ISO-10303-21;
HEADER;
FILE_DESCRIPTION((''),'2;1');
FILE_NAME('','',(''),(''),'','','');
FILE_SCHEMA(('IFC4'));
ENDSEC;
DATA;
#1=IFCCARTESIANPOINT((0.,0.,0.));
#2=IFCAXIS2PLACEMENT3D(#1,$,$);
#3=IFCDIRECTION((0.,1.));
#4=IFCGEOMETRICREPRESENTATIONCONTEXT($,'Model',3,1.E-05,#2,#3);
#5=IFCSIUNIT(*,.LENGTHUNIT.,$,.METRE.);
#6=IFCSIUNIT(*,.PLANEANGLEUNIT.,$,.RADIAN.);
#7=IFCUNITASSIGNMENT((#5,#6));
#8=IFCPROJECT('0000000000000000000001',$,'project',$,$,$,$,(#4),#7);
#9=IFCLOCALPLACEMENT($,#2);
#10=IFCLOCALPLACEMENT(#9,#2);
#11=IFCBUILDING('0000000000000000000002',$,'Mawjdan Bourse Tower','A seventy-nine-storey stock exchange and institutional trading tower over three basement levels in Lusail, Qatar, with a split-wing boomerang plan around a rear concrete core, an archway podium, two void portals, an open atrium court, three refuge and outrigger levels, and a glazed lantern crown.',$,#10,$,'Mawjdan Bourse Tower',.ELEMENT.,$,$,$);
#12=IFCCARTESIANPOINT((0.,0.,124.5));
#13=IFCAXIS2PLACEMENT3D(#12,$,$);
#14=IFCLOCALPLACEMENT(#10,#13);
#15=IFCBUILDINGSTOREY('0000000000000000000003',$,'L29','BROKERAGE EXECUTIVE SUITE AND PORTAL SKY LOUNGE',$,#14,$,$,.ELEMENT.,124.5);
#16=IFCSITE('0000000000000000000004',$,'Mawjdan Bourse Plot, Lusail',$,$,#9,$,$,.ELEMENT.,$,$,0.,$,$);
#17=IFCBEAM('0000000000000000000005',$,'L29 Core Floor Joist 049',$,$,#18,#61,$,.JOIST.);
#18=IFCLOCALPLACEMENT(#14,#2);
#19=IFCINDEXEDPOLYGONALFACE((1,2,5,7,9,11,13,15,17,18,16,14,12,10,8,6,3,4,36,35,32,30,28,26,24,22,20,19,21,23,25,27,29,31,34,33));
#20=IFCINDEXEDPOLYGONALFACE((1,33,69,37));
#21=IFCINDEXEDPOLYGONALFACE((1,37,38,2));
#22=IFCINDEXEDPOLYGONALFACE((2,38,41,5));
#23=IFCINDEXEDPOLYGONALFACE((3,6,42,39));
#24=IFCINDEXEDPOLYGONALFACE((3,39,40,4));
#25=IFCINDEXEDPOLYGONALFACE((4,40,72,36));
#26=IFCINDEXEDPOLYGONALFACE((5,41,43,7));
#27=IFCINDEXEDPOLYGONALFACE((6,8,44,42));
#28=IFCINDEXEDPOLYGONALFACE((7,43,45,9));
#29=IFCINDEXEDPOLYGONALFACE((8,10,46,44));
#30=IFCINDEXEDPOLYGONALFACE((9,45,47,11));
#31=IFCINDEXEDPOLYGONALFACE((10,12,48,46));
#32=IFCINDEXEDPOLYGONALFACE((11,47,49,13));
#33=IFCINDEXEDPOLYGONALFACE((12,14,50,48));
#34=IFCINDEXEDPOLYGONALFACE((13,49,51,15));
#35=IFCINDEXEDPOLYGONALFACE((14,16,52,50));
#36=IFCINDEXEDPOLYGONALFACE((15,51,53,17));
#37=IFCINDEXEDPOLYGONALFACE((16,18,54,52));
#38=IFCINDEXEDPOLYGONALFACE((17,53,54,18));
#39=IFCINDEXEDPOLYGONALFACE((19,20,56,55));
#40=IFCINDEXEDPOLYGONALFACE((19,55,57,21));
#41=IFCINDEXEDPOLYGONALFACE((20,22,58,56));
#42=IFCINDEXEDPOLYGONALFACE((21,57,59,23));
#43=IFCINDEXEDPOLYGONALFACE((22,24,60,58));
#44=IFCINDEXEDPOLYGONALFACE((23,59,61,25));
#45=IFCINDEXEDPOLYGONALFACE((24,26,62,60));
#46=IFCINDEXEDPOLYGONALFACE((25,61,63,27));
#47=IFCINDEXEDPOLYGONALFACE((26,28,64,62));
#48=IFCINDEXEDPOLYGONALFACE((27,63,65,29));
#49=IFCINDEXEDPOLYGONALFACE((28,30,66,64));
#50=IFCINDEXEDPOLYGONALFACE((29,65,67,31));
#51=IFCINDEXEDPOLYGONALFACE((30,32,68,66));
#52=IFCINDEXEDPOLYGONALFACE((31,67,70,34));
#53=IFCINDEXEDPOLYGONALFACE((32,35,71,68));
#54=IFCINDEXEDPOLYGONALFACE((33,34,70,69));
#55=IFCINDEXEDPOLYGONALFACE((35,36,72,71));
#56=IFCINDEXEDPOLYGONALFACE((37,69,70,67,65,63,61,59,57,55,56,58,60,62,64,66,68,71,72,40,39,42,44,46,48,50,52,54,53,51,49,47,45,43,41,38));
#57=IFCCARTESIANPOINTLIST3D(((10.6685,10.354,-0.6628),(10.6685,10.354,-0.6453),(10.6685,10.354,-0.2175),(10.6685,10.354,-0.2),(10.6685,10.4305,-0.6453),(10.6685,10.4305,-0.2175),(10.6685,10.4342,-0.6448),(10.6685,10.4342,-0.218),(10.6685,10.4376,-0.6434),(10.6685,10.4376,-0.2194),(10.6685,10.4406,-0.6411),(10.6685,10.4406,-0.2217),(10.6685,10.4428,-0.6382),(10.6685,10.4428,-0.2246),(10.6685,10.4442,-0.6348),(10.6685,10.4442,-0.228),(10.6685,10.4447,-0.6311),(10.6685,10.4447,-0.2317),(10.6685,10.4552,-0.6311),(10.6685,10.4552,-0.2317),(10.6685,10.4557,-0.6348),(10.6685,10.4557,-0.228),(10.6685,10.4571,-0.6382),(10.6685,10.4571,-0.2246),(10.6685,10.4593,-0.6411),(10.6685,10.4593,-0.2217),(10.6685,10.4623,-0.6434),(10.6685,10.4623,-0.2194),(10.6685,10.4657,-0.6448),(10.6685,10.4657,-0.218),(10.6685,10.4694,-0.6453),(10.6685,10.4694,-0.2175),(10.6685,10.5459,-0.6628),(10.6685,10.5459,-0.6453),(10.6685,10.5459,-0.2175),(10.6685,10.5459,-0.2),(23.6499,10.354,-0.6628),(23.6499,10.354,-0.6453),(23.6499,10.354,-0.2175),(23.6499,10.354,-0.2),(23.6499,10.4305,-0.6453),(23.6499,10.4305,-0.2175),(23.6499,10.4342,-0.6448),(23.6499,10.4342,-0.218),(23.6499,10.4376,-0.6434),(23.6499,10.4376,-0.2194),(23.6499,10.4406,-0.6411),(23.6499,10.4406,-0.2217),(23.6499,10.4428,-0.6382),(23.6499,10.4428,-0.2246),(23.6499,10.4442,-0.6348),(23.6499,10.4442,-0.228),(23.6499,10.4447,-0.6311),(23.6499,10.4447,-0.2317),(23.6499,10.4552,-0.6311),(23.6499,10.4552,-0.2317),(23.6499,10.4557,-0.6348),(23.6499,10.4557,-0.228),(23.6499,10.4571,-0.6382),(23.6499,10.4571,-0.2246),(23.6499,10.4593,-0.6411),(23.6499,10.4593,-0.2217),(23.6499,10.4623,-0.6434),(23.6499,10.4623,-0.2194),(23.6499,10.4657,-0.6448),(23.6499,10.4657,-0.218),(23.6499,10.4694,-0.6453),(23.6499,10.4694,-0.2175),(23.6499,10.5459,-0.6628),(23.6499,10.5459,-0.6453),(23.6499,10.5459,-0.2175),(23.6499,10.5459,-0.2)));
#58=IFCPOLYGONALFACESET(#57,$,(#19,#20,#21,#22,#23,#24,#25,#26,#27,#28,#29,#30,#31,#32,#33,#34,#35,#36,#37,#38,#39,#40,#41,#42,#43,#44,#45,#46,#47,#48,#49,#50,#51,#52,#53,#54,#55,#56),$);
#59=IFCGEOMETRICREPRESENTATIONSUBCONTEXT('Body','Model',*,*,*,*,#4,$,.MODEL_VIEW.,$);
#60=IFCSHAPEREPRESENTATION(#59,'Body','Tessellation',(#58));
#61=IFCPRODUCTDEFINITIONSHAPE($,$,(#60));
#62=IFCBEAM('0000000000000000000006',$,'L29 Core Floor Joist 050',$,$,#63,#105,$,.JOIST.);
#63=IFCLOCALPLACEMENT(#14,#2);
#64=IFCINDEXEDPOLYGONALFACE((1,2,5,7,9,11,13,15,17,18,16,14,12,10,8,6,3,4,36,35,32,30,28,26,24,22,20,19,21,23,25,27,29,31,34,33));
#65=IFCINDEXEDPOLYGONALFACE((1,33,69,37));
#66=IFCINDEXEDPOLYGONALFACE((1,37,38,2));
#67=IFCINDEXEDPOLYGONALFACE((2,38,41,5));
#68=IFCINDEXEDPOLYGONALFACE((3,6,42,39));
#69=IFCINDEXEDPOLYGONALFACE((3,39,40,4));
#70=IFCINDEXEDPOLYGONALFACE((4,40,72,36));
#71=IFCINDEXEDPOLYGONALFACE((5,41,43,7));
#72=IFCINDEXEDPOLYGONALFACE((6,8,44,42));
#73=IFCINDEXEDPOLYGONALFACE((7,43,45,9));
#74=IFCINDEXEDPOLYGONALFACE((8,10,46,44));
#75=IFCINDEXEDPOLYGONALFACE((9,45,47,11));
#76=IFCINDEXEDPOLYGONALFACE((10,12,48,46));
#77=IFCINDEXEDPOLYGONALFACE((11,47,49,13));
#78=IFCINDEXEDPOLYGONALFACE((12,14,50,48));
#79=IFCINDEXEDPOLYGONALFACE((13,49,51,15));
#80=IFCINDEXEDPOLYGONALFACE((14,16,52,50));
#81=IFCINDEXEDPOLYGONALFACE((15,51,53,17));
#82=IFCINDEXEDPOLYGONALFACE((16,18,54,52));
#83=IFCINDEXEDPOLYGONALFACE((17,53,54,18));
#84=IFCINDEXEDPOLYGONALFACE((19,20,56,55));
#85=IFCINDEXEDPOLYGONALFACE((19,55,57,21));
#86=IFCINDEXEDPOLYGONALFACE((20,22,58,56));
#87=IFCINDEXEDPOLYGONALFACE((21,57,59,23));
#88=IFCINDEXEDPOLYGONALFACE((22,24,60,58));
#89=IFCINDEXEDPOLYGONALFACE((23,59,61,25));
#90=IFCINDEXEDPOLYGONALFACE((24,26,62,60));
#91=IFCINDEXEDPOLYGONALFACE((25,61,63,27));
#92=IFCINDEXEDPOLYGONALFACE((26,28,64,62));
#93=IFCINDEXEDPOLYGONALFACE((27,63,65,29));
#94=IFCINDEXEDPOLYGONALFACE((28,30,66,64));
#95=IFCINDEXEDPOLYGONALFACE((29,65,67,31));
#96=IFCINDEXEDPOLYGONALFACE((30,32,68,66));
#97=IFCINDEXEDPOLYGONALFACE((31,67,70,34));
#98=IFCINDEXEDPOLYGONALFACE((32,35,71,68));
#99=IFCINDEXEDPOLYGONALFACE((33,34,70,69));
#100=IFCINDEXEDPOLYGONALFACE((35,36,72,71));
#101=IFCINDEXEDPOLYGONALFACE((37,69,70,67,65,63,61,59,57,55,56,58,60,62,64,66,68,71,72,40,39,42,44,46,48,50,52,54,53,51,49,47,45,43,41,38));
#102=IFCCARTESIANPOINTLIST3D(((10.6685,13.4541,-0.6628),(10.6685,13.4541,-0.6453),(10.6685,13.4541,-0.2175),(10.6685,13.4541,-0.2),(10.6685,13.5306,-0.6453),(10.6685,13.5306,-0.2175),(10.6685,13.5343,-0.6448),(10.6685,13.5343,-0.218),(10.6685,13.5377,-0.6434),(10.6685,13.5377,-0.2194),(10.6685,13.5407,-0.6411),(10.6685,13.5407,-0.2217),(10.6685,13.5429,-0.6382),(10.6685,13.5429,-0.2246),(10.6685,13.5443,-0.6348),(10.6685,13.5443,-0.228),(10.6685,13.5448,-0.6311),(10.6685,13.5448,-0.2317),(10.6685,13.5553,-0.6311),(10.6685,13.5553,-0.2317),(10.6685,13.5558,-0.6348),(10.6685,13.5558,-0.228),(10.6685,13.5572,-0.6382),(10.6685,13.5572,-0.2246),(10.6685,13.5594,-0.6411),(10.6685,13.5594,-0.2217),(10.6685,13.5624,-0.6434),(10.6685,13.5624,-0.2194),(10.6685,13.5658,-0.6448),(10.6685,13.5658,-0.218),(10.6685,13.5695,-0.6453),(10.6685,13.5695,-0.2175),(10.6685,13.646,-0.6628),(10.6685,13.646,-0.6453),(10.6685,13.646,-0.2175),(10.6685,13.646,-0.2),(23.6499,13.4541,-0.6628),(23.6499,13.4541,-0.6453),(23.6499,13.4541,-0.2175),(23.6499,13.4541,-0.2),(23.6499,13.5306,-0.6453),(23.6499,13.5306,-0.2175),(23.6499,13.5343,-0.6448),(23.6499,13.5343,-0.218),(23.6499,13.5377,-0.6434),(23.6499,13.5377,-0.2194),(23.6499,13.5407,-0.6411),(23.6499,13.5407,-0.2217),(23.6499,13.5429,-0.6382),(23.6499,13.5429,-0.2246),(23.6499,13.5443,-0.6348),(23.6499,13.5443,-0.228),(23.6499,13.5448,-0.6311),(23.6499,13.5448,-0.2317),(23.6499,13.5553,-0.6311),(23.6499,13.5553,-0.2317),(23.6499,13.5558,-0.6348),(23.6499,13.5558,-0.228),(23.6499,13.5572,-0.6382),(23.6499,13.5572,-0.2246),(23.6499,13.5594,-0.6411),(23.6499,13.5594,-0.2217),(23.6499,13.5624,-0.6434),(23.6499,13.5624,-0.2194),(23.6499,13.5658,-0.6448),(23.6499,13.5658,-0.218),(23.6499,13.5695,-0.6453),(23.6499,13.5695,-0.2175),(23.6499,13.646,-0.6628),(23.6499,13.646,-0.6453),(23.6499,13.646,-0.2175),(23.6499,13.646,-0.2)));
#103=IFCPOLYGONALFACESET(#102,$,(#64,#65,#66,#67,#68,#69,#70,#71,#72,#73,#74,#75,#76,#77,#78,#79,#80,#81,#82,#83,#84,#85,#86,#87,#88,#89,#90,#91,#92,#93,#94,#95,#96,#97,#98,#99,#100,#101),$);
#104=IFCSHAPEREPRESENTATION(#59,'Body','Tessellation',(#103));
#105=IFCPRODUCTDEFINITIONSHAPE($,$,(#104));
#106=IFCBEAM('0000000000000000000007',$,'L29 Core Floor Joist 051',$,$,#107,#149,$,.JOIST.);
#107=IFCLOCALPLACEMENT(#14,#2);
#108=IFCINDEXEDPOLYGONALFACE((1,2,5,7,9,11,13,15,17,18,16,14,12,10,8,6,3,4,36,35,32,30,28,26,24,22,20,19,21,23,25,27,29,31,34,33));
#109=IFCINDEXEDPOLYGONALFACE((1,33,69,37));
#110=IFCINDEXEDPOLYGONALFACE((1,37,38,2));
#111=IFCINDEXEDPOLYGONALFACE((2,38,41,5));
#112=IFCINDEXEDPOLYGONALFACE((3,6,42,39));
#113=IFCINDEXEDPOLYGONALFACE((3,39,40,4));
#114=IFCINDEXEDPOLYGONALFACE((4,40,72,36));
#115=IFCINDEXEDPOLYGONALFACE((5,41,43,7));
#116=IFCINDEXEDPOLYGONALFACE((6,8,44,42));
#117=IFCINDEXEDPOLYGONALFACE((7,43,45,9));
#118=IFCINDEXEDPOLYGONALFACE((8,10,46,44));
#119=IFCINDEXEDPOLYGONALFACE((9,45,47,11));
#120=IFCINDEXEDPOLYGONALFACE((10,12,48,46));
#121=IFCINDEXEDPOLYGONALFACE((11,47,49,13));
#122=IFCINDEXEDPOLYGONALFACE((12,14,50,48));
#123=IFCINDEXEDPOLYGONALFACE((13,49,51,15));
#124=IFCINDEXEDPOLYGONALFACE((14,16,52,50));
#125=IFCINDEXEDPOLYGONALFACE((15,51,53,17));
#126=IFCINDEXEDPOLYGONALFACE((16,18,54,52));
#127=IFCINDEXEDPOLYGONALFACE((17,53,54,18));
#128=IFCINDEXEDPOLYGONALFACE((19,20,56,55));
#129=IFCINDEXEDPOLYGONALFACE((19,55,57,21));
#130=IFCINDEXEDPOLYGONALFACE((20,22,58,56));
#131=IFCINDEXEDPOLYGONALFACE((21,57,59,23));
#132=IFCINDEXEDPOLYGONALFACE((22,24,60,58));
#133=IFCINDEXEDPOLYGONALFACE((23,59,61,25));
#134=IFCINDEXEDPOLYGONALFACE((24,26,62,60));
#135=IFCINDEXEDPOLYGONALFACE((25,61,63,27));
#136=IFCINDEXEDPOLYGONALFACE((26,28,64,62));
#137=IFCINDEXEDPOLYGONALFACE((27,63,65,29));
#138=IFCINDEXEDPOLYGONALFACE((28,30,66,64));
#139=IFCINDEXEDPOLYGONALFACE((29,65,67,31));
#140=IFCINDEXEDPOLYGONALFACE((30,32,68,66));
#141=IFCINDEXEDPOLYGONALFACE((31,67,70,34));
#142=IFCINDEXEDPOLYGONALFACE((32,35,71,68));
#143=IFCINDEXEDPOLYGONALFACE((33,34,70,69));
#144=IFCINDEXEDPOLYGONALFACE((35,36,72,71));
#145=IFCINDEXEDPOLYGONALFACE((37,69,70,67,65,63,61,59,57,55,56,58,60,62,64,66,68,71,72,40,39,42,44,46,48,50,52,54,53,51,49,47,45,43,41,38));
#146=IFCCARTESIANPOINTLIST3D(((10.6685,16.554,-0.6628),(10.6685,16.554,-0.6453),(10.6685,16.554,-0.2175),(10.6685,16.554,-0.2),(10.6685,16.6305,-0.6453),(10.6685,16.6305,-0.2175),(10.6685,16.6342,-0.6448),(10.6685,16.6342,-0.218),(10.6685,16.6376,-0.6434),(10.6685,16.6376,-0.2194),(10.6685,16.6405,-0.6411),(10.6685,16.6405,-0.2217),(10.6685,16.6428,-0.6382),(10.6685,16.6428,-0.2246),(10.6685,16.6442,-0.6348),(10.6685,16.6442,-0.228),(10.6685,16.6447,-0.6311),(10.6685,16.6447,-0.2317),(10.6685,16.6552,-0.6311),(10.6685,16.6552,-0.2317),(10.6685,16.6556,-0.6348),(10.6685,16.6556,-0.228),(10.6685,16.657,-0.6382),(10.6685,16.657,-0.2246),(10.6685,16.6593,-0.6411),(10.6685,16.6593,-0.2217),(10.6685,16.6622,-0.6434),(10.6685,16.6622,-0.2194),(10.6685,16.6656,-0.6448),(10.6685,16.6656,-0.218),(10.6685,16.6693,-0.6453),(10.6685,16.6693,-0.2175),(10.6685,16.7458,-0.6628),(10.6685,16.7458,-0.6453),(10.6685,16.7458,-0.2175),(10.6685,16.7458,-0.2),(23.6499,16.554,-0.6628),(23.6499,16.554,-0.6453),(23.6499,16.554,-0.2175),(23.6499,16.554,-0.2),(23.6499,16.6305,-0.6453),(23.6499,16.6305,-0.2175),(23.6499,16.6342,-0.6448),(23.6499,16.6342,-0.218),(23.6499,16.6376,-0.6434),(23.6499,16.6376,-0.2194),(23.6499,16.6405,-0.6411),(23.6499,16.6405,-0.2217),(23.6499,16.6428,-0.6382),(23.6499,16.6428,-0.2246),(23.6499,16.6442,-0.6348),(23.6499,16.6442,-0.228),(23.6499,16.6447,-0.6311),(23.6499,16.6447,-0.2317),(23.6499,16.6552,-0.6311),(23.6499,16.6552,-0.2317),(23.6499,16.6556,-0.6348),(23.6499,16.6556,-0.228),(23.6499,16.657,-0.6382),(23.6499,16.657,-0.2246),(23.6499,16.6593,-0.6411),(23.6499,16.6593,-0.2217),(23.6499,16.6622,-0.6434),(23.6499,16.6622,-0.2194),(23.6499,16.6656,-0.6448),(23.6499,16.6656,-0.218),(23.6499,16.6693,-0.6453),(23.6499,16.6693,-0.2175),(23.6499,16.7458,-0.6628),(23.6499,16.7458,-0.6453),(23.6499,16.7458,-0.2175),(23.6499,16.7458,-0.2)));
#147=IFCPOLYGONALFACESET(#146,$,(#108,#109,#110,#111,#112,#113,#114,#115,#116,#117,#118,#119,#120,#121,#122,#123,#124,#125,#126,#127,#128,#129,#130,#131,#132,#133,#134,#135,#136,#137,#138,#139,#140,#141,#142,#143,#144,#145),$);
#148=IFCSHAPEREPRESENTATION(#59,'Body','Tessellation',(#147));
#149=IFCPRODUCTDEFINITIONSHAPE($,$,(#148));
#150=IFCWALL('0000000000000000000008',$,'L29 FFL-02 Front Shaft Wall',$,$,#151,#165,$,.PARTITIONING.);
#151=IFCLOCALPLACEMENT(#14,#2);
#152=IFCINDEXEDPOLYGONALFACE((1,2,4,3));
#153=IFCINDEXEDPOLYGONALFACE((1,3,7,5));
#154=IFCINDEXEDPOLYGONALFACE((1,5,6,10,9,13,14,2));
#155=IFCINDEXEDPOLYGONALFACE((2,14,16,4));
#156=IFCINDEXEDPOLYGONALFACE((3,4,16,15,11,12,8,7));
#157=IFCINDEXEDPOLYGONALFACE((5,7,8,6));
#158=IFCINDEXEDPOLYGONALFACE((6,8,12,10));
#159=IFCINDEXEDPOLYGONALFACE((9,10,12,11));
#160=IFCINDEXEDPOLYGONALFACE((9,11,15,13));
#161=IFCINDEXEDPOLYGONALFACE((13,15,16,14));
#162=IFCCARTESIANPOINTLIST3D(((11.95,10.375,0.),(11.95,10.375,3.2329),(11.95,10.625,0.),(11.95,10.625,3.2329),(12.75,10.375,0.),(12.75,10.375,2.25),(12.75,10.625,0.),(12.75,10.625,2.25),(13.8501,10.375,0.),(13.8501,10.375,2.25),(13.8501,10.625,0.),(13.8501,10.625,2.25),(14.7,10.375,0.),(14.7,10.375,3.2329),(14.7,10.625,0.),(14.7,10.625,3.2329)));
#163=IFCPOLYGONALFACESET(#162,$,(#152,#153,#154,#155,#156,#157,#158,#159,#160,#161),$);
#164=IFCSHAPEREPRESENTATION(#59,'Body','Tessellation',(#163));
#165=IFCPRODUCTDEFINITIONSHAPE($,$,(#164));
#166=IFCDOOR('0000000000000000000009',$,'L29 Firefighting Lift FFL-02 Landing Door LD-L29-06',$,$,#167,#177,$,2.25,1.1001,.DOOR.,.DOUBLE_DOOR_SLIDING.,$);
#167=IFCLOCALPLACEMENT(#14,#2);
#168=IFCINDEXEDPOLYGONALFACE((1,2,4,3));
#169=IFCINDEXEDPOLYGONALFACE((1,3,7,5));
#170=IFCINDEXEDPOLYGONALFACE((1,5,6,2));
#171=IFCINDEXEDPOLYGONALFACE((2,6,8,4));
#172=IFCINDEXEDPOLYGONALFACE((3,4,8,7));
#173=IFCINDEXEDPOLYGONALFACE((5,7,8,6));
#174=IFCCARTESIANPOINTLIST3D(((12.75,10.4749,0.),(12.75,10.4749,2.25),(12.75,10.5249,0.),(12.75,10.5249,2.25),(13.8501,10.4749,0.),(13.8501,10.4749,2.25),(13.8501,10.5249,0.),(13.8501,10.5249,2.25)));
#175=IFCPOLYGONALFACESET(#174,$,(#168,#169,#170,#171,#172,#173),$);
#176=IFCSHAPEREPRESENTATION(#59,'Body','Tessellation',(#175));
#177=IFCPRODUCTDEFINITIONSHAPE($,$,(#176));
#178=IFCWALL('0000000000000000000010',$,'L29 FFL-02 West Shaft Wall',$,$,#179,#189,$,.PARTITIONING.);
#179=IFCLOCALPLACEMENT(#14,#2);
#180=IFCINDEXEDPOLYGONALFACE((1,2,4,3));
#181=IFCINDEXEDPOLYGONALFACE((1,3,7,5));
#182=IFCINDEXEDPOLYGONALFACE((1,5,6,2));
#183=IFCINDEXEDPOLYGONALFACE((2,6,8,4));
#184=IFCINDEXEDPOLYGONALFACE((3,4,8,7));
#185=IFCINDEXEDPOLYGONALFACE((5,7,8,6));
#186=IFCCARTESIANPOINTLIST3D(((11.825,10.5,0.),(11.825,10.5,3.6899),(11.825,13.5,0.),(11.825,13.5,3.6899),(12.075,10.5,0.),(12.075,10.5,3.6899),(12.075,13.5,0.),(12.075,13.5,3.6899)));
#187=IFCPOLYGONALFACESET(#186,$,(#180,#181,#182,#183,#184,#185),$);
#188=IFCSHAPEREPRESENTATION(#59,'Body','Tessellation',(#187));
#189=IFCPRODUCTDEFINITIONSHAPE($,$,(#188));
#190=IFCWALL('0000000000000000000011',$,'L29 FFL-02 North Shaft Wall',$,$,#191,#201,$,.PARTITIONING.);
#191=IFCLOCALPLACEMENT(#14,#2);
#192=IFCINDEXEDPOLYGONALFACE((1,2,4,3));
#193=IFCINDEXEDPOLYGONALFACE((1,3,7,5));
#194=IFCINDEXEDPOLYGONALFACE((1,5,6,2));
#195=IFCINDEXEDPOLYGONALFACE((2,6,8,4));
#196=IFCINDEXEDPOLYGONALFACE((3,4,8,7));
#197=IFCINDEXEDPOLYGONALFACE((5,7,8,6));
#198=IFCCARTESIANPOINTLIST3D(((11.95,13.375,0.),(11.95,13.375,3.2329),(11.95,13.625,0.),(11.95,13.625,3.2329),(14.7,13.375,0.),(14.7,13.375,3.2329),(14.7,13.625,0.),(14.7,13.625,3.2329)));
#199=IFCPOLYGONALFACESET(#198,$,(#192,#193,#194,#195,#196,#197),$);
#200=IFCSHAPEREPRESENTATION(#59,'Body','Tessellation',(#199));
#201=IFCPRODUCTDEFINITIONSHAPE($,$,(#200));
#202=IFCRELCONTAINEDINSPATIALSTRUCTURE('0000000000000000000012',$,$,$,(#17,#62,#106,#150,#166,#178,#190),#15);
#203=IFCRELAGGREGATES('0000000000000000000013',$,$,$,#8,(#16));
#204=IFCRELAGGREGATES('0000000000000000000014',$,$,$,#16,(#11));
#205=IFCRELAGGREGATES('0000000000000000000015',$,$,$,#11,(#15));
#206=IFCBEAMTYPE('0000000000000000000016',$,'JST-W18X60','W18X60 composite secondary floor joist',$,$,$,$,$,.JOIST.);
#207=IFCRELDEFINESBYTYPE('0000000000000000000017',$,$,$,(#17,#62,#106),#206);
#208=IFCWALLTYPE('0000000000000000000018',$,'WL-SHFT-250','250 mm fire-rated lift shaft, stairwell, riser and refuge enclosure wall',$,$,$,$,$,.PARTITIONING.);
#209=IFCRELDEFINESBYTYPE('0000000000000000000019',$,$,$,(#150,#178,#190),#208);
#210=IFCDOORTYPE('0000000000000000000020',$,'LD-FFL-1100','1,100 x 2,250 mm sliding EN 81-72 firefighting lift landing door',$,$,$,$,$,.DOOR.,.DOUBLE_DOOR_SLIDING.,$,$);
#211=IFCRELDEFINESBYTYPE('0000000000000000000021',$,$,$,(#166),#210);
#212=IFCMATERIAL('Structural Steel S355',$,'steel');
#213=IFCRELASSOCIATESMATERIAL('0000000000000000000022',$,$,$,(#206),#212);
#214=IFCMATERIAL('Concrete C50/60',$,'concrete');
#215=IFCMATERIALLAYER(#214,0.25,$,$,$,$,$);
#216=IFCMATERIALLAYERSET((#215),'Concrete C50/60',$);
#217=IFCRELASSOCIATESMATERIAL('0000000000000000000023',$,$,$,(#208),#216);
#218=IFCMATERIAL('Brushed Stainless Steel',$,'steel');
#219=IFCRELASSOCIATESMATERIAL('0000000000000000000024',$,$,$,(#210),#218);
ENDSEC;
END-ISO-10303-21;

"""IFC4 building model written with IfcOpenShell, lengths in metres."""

from ifc_helpers import new_model, si_unit, direction, frame, frame_2d, origin, origin_2d, place, context, subcontext, project, spatial, rectangle, i_section, extrude, material, layer, layer_set, material_profile, profile_set, type_object, element, fill, save


model = new_model("IFC4")

# Units and contexts
model_context = context("Model", 3, precision=1e-05, world=origin(), true_north=direction((0.0, 1.0)))
body_context = subcontext(model_context, "Body", "Model", "MODEL_VIEW")
ifc_project = project(units=[si_unit("LENGTHUNIT", "METRE"), si_unit("PLANEANGLEUNIT", "RADIAN")], contexts=[model_context])

# Site, building, storey
site_placement = place(None, origin())
site = spatial("IfcSite", under=ifc_project, at=site_placement, Name="Mawjdan Bourse Plot, Lusail", CompositionType="ELEMENT", RefElevation=0.0)
building_placement = place(site_placement, origin())
building = spatial("IfcBuilding", under=site, at=building_placement, Name="Mawjdan Bourse Tower", Description="A seventy-nine-storey stock exchange and institutional trading tower over three basement levels in Lusail, Qatar, with a split-wing boomerang plan around a rear concrete core, an archway podium, two void portals, an open atrium court, three refuge and outrigger levels, and a glazed lantern crown.", LongName="Mawjdan Bourse Tower", CompositionType="ELEMENT")
storey_placement = place(building_placement, frame((0.0, 0.0, 124.5)))
storey = spatial("IfcBuildingStorey", under=building, at=storey_placement, Name="L29", Description="BROKERAGE EXECUTIVE SUITE AND PORTAL SKY LOUNGE", CompositionType="ELEMENT", Elevation=124.5)

# Beams
ifc_material_1 = material(Name="Structural Steel S355", Category="steel")
ifc_material_profile = material_profile(ifc_material_1, i_section(OverallWidth=0.1919, OverallDepth=0.4629, WebThickness=0.0105, FlangeThickness=0.0176, FilletRadius=0.0142, at=origin_2d()), Name="W18X60")
ifc_profile_set = profile_set([ifc_material_profile], Name="Structural Steel S355")
beam_type = type_object("IfcBeamType", Name="JST-W18X60", Description="W18X60 composite secondary floor joist", PredefinedType="JOIST", material=ifc_profile_set)
for number, where, z_axis, x_axis, name in (
    (1, (10.6685, 10.45, -0.4314), (1.0, 0.0, 0.0), (0.0, 1.0, 0.0), "L29 Core Floor Joist 049"),
    (2, (10.6685, 13.55, -0.4314), (1.0, 0.0, 0.0), (0.0, 1.0, 0.0), "L29 Core Floor Joist 050"),
    (3, (10.6685, 16.6499, -0.4314), (1.0, 0.0, 0.0), (0.0, 1.0, 0.0), "L29 Core Floor Joist 051"),
):
    element("IfcBeam", number, at=place(storey_placement, frame(where, z_axis=z_axis, x_axis=x_axis)), inside=storey, type_object=beam_type, Name=name, PredefinedType="JOIST", context=body_context, shape_type="SweptSolid", body=[
        extrude(i_section(OverallWidth=0.1919, OverallDepth=0.4629, WebThickness=0.0105, FlangeThickness=0.0176, FilletRadius=0.0142, at=origin_2d()), origin(), (0.0, 0.0, 1.0), 12.9814),
    ])

# Wall, opening, door
ifc_material_2 = material(Name="Concrete C50/60", Category="concrete")
ifc_layer_1 = layer(ifc_material_2, 0.25)
ifc_layer_set_1 = layer_set([ifc_layer_1], Name="Concrete C50/60")
wall_type_1 = type_object("IfcWallType", Name="WL-SHFT-250", Description="250 mm fire-rated lift shaft, stairwell, riser and refuge enclosure wall", PredefinedType="PARTITIONING", material=ifc_layer_set_1)
wall_1_placement = place(storey_placement, frame((11.95, 10.5, 0.0), z_axis=(0.0, 0.0, 1.0), x_axis=(1.0, 0.0, 0.0)))
wall_1 = element("IfcWall", 4, at=wall_1_placement, inside=storey, type_object=wall_type_1, Name="L29 FFL-02 Front Shaft Wall", PredefinedType="PARTITIONING", context=body_context, shape_type="SweptSolid", body=[
    extrude(rectangle(XDim=2.75, YDim=0.25, at=frame_2d((1.375, 0.0))), origin(), (0.0, 0.0, 1.0), 3.2329),
])
opening_1_placement = place(wall_1_placement, frame((0.8, 0.0, 0.0)))
opening_1 = element("IfcOpeningElement", 5, at=opening_1_placement, cuts=wall_1, PredefinedType="OPENING", context=body_context, shape_type="SweptSolid", body=[
    extrude(rectangle(XDim=1.1001, YDim=2.25, at=frame_2d((0.55, 1.125))), frame((0.0, 0.135, 0.0), z_axis=(0.0, -1.0, 0.0), x_axis=(1.0, 0.0, 0.0)), (0.0, 0.0, 1.0), 0.27),
])
ifc_material_3 = material(Name="Brushed Stainless Steel", Category="steel")
door_type_1 = type_object("IfcDoorType", Name="LD-FFL-1100", Description="1,100 x 2,250 mm sliding EN 81-72 firefighting lift landing door", OperationType="DOUBLE_DOOR_SLIDING", PredefinedType="DOOR", material=ifc_material_3)
door_1_placement = place(opening_1_placement, origin())
door_1 = element("IfcDoor", 6, at=door_1_placement, inside=storey, type_object=door_type_1, Name="L29 Firefighting Lift FFL-02 Landing Door LD-L29-06", OperationType="DOUBLE_DOOR_SLIDING", OverallHeight=2.25, OverallWidth=1.1001, PredefinedType="DOOR", context=body_context, shape_type="SweptSolid", body=[
    extrude(rectangle(XDim=1.1001, YDim=2.25, at=frame_2d((0.55, 1.125))), frame((0.0, 0.0249, 0.0), z_axis=(0.0, -1.0, 0.0), x_axis=(1.0, 0.0, 0.0)), (0.0, 0.0, 1.0), 0.05),
])
fill(opening_1, door_1)

# Walls
wall_2_placement = place(storey_placement, frame((11.95, 10.5, 0.0), z_axis=(0.0, 0.0, 1.0), x_axis=(0.0, 1.0, 0.0)))
element("IfcWall", 7, at=wall_2_placement, inside=storey, type_object=wall_type_1, Name="L29 FFL-02 West Shaft Wall", PredefinedType="PARTITIONING", context=body_context, shape_type="SweptSolid", body=[
    extrude(rectangle(XDim=3.0, YDim=0.25, at=frame_2d((1.5, 0.0))), origin(), (0.0, 0.0, 1.0), 3.6899),
])
wall_3_placement = place(storey_placement, frame((11.95, 13.5, 0.0), z_axis=(0.0, 0.0, 1.0), x_axis=(1.0, 0.0, 0.0)))
element("IfcWall", 8, at=wall_3_placement, inside=storey, type_object=wall_type_1, Name="L29 FFL-02 North Shaft Wall", PredefinedType="PARTITIONING", context=body_context, shape_type="SweptSolid", body=[
    extrude(rectangle(XDim=2.75, YDim=0.25, at=frame_2d((1.375, 0.0))), origin(), (0.0, 0.0, 1.0), 3.2329),
])

save(model, "model.ifc")
